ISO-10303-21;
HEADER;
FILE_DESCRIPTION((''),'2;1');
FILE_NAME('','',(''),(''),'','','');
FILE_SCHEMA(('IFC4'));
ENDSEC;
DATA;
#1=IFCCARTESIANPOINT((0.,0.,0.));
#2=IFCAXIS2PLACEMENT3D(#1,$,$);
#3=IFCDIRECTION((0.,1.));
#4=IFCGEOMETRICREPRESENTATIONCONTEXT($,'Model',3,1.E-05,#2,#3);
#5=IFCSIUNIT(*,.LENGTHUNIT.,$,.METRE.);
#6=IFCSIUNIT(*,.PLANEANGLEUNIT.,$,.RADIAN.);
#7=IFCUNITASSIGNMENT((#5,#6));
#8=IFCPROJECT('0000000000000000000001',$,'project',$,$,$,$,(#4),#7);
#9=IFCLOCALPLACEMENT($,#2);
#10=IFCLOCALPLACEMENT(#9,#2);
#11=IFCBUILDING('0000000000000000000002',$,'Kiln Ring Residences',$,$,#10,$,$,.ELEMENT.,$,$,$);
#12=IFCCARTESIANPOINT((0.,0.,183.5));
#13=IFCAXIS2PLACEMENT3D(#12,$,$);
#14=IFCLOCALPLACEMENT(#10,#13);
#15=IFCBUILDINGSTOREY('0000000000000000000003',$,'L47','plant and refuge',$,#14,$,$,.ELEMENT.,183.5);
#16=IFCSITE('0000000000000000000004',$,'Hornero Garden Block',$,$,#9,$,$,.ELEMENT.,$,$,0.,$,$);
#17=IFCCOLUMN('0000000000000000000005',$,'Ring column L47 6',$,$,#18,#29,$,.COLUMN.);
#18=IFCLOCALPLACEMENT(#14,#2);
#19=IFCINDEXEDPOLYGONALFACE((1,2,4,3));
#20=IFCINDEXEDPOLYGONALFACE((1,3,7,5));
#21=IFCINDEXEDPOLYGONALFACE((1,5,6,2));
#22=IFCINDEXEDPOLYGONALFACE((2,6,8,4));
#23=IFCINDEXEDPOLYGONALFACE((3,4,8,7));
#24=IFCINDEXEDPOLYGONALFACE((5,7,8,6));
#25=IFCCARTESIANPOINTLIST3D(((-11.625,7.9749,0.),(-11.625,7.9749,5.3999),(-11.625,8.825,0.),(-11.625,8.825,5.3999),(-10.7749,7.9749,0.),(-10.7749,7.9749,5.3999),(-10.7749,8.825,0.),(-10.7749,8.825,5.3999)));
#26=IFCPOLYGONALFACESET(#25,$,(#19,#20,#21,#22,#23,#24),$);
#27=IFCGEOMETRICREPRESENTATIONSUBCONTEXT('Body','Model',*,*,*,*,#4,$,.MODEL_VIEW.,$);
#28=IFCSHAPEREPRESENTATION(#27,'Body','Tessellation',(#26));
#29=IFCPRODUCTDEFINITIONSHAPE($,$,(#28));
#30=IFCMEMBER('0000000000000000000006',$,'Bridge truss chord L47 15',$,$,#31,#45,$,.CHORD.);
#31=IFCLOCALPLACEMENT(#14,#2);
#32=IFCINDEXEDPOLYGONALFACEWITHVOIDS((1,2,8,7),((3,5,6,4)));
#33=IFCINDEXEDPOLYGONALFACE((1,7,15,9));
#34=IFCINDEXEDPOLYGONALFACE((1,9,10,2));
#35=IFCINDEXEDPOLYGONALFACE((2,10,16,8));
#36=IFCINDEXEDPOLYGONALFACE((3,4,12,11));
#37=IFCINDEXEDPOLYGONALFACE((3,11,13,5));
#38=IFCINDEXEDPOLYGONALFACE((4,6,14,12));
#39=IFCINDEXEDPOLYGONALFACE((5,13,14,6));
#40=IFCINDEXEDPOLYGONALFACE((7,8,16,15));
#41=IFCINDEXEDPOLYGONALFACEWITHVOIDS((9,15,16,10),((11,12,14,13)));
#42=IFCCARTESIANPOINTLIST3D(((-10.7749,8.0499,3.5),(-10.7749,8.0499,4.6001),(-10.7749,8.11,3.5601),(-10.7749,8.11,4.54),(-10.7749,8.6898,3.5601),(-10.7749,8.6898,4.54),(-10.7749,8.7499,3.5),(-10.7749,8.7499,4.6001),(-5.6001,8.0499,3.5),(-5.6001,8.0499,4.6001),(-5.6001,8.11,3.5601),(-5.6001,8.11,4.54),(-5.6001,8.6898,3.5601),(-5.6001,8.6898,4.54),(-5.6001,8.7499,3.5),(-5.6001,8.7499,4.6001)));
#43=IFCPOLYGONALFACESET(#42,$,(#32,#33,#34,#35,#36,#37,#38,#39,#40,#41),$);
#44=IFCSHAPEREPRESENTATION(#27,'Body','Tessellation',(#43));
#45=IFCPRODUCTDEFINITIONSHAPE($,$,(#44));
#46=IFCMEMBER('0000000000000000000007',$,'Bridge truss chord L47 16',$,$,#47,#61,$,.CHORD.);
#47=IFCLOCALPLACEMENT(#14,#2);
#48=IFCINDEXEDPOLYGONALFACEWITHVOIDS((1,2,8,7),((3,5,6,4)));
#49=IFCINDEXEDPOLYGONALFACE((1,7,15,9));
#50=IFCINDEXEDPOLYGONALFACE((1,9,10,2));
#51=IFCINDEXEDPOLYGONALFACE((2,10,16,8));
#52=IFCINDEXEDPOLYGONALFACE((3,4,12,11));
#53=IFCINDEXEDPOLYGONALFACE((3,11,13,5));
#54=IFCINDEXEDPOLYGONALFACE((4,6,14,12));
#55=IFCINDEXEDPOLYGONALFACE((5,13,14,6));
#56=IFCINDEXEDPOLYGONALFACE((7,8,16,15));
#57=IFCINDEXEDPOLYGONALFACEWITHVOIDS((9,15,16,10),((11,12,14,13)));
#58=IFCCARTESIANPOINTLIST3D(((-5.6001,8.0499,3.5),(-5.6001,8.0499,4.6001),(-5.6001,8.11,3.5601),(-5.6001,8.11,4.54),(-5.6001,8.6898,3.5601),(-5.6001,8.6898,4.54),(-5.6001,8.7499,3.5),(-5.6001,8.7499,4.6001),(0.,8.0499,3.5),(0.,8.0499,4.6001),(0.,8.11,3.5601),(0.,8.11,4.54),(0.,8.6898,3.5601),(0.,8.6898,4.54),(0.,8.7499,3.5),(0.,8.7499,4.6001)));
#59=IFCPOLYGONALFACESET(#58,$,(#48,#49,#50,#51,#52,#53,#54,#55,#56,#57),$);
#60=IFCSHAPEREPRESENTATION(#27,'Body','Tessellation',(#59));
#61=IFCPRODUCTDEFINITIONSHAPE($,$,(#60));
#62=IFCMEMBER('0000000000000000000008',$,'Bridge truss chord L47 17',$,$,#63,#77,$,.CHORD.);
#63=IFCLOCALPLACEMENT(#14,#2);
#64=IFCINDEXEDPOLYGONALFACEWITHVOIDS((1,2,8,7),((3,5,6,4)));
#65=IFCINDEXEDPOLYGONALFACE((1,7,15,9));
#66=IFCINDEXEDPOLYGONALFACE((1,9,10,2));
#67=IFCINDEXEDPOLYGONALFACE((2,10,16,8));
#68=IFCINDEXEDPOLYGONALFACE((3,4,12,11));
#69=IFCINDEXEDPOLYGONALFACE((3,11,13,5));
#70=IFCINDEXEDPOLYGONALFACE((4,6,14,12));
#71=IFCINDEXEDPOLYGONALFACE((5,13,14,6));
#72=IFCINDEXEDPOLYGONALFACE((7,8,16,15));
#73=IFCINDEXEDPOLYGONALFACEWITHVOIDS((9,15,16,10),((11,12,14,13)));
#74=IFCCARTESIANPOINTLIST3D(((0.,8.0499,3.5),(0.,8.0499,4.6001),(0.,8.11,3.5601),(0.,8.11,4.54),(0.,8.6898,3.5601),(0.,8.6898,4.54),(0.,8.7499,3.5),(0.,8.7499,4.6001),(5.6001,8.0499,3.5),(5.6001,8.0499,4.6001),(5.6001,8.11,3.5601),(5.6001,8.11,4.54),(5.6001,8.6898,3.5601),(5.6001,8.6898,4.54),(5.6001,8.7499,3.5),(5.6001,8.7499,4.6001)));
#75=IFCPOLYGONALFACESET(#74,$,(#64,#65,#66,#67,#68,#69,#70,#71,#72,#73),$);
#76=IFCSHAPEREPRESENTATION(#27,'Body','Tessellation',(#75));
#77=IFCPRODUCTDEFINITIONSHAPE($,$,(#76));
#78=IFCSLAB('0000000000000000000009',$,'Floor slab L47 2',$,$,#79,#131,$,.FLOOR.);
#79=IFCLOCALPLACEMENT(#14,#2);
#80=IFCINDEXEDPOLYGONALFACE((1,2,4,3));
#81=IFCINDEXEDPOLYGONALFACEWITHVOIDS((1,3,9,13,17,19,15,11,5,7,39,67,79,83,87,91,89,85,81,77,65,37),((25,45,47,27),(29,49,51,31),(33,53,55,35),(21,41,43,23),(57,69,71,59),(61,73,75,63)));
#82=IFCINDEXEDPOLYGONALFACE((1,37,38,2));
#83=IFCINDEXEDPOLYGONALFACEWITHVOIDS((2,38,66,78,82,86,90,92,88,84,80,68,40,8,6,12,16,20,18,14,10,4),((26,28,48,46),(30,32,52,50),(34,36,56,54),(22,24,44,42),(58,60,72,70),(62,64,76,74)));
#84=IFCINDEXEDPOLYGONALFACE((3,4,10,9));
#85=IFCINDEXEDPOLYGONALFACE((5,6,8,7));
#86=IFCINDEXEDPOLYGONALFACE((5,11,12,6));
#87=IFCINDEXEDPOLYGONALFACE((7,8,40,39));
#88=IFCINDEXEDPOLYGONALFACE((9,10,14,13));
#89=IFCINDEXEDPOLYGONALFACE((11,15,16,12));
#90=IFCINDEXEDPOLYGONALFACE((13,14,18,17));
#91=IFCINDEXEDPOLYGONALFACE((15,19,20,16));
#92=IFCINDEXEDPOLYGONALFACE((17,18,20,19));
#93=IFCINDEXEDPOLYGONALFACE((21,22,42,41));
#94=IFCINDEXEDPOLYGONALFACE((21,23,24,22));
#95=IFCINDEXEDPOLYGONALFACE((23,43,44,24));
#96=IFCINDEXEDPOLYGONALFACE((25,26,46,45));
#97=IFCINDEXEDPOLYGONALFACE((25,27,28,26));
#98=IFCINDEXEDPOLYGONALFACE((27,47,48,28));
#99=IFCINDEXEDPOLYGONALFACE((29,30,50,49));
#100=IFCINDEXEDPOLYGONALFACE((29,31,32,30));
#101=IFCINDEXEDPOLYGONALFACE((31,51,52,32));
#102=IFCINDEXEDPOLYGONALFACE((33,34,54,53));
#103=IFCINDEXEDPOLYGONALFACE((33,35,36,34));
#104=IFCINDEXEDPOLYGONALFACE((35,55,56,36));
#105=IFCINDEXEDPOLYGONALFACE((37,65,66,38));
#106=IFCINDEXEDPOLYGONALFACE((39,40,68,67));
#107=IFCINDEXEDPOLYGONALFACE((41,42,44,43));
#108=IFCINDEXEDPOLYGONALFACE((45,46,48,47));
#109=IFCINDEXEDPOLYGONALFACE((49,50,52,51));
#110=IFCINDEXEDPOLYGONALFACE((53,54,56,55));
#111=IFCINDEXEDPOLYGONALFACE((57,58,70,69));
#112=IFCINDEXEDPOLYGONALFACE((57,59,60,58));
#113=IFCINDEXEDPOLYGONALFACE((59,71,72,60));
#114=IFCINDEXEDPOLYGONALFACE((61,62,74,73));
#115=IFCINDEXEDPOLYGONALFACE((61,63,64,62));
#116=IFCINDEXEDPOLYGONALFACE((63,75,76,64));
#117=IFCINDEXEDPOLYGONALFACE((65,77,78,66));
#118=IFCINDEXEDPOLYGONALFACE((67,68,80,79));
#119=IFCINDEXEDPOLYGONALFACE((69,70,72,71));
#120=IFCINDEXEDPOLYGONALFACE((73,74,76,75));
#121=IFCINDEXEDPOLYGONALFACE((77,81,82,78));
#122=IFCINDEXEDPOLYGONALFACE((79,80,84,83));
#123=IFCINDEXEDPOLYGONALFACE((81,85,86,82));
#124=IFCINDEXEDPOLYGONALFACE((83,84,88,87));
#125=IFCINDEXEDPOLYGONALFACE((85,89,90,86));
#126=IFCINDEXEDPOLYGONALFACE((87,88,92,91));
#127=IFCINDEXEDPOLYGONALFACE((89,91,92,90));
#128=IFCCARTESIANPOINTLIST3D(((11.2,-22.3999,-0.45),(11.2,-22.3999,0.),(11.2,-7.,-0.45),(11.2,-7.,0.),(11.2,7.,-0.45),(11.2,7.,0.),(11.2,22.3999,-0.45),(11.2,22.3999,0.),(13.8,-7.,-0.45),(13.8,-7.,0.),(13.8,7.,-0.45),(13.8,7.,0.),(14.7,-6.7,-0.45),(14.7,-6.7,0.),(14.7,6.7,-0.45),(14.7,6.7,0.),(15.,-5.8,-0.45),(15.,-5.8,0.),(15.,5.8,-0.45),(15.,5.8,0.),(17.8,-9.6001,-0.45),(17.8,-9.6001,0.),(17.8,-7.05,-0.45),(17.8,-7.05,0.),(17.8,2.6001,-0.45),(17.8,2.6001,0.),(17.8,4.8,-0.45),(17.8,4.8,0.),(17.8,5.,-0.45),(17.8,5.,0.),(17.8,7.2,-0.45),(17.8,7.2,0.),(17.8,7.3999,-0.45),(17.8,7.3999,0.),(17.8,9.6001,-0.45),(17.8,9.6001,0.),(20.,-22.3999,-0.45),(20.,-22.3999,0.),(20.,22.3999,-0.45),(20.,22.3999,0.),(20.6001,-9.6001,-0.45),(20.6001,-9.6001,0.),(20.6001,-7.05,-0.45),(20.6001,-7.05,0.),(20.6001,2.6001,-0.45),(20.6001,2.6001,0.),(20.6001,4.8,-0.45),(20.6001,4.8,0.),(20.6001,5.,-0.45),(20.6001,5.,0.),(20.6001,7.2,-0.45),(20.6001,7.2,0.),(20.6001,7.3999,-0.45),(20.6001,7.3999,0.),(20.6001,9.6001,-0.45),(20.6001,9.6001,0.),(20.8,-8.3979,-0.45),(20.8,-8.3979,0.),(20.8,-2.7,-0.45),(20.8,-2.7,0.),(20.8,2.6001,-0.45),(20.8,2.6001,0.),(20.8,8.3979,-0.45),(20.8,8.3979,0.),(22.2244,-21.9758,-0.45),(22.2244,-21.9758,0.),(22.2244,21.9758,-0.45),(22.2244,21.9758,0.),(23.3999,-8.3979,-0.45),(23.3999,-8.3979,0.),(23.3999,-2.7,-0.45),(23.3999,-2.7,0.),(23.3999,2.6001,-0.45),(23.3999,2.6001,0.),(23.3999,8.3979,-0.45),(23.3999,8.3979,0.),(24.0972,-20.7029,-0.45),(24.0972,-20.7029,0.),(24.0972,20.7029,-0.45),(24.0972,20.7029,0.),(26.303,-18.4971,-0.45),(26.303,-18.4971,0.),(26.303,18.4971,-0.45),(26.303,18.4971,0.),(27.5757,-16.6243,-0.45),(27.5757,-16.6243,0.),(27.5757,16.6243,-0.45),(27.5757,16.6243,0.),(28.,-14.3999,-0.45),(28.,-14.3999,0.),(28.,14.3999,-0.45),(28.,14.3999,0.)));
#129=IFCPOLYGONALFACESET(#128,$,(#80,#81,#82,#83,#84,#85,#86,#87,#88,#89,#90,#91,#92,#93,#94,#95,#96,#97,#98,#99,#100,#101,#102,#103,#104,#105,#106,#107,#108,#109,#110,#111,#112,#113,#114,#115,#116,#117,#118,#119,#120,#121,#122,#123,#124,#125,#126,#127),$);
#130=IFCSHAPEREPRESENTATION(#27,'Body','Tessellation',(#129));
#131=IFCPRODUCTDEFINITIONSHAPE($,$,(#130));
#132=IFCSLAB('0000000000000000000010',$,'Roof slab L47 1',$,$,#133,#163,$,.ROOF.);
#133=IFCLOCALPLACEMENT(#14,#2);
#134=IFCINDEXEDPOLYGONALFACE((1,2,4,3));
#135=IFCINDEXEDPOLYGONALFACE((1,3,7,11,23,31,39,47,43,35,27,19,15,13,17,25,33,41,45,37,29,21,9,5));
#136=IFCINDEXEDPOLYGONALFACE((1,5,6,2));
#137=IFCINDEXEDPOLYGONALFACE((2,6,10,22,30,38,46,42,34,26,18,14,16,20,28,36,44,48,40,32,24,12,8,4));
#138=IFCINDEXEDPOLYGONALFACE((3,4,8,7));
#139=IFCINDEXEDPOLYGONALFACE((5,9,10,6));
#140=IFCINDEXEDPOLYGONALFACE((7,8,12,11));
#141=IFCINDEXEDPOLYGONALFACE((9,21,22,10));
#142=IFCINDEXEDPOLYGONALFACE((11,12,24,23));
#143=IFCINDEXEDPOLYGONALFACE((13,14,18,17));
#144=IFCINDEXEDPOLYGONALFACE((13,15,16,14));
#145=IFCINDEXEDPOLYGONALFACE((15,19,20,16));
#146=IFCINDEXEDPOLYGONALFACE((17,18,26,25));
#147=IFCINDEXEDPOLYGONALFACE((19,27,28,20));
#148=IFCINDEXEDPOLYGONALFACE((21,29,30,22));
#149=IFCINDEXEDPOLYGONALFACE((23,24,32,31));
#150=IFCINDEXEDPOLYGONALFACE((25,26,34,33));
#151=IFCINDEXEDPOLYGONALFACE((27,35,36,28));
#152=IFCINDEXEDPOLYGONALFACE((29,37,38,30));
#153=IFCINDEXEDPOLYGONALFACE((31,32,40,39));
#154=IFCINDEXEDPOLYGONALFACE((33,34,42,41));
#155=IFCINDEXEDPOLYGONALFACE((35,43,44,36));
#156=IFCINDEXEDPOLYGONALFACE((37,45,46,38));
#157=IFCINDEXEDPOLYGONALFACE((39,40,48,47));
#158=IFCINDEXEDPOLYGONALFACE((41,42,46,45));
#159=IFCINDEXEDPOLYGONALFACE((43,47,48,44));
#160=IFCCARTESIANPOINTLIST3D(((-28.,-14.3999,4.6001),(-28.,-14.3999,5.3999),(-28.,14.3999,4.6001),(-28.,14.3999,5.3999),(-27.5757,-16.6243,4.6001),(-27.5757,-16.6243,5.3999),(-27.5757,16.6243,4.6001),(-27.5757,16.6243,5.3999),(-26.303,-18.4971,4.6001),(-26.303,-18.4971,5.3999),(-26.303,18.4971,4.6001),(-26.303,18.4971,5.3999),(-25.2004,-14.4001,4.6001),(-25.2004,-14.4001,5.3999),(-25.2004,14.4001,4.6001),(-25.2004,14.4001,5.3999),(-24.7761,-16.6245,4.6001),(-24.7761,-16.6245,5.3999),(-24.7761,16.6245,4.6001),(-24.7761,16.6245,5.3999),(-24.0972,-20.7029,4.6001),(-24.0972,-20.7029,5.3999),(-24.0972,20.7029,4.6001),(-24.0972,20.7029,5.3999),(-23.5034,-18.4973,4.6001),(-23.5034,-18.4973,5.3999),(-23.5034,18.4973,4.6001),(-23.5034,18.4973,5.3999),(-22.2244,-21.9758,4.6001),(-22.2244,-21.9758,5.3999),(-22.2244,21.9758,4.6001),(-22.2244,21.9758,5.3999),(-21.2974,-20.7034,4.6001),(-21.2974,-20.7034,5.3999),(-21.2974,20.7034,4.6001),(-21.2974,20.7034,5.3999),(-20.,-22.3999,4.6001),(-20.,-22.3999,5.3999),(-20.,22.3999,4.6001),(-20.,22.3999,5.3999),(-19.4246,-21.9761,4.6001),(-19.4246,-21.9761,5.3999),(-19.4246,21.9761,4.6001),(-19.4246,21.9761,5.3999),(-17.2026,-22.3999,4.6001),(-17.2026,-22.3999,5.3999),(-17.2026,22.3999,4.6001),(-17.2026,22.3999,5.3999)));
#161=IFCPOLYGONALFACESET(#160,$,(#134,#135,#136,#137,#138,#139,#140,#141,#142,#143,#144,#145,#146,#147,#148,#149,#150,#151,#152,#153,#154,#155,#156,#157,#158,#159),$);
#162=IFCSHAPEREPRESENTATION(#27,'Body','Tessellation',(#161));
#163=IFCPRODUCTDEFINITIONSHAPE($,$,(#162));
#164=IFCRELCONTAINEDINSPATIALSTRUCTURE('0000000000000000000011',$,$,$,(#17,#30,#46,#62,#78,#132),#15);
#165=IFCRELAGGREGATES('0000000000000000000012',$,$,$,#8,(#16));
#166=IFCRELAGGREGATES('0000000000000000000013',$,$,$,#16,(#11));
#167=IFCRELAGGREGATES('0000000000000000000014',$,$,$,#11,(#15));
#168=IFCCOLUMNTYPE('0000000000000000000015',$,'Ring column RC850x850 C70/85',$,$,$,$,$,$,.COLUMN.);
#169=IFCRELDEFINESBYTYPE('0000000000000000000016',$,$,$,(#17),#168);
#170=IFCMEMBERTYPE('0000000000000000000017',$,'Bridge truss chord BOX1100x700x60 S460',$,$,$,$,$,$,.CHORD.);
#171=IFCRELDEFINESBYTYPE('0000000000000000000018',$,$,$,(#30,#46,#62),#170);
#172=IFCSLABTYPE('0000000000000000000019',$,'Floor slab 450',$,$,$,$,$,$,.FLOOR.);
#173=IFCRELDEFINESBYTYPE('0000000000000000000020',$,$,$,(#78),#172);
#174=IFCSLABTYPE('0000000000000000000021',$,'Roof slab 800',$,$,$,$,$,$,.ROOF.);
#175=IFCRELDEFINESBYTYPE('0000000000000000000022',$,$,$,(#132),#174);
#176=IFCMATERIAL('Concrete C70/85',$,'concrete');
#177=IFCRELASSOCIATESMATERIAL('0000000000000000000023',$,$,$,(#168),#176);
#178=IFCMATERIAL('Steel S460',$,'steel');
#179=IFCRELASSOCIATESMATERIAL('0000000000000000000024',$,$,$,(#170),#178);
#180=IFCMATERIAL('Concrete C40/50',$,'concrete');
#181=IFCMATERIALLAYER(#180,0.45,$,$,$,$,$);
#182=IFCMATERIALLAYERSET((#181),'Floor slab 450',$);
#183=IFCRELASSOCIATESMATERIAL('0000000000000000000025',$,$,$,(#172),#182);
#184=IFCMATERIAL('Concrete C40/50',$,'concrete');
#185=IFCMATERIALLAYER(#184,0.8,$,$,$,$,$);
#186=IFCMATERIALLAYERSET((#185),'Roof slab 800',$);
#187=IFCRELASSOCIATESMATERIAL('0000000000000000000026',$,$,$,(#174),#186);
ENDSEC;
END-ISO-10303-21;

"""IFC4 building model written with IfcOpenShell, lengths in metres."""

from ifc_helpers import new_model, si_unit, direction, frame, origin, origin_2d, place, context, subcontext, project, spatial, polyline, rectangle, hollow_rectangle, outline, extrude, material, layer, layer_set, material_profile, profile_set, type_object, element, save


model = new_model("IFC4")

# Units and contexts
model_context = context("Model", 3, precision=1e-05, world=origin(), true_north=direction((0.0, 1.0)))
body_context = subcontext(model_context, "Body", "Model", "MODEL_VIEW")
ifc_project = project(units=[si_unit("LENGTHUNIT", "METRE"), si_unit("PLANEANGLEUNIT", "RADIAN")], contexts=[model_context])

# Site, building, storey
site_placement = place(None, origin())
site = spatial("IfcSite", under=ifc_project, at=site_placement, Name="Hornero Garden Block", CompositionType="ELEMENT", RefElevation=0.0)
building_placement = place(site_placement, origin())
building = spatial("IfcBuilding", under=site, at=building_placement, Name="Kiln Ring Residences", CompositionType="ELEMENT")
storey_placement = place(building_placement, frame((0.0, 0.0, 183.5)))
storey = spatial("IfcBuildingStorey", under=building, at=storey_placement, Name="L47", Description="plant and refuge", CompositionType="ELEMENT", Elevation=183.5)

# Column
ifc_material_1 = material(Name="Concrete C70/85", Category="concrete")
ifc_material_profile_1 = material_profile(ifc_material_1, rectangle(XDim=0.8501, YDim=0.8501, at=origin_2d()), Name="RC850x850")
ifc_profile_set_1 = profile_set([ifc_material_profile_1], Name="Concrete C70/85")
column_type = type_object("IfcColumnType", Name="Ring column RC850x850 C70/85", PredefinedType="COLUMN", material=ifc_profile_set_1)
column_placement = place(storey_placement, frame((-11.2, 8.3999, 0.0), z_axis=(0.0, 0.0, 1.0), x_axis=(1.0, 0.0, 0.0)))
element("IfcColumn", 1, at=column_placement, inside=storey, type_object=column_type, Name="Ring column L47 6", PredefinedType="COLUMN", context=body_context, shape_type="SweptSolid", body=[
    extrude(rectangle(XDim=0.8501, YDim=0.8501, at=origin_2d()), origin(), (0.0, 0.0, 1.0), 5.3999),
])

# Members
ifc_material_2 = material(Name="Steel S460", Category="steel")
ifc_material_profile_2 = material_profile(ifc_material_2, hollow_rectangle(XDim=0.7, YDim=1.1001, WallThickness=0.0601, at=origin_2d()), Name="BOX1100x700x60")
ifc_profile_set_2 = profile_set([ifc_material_profile_2], Name="Steel S460")
member_type = type_object("IfcMemberType", Name="Bridge truss chord BOX1100x700x60 S460", PredefinedType="CHORD", material=ifc_profile_set_2)
member_placement = place(storey_placement, frame((-10.7749, 8.3999, 4.05), z_axis=(1.0, 0.0, 0.0), x_axis=(0.0, 1.0, 0.0)))
element("IfcMember", 2, at=member_placement, inside=storey, type_object=member_type, Name="Bridge truss chord L47 15", PredefinedType="CHORD", context=body_context, shape_type="SweptSolid", body=[
    extrude(hollow_rectangle(XDim=0.7, YDim=1.1001, WallThickness=0.0601, at=origin_2d()), origin(), (0.0, 0.0, 1.0), 5.1748),
])
for number, where, z_axis, x_axis, name in (
    (3, (-5.6001, 8.3999, 4.05), (1.0, 0.0, 0.0), (0.0, 1.0, 0.0), "Bridge truss chord L47 16"),
    (4, (0.0, 8.3999, 4.05), (1.0, 0.0, 0.0), (0.0, 1.0, 0.0), "Bridge truss chord L47 17"),
):
    element("IfcMember", number, at=place(storey_placement, frame(where, z_axis=z_axis, x_axis=x_axis)), inside=storey, type_object=member_type, Name=name, PredefinedType="CHORD", context=body_context, shape_type="SweptSolid", body=[
        extrude(hollow_rectangle(XDim=0.7, YDim=1.1001, WallThickness=0.0601, at=origin_2d()), origin(), (0.0, 0.0, 1.0), 5.6001),
    ])

# Slabs
ifc_material_3 = material(Name="Concrete C40/50", Category="concrete")
ifc_layer_1 = layer(ifc_material_3, 0.45)
ifc_layer_set_1 = layer_set([ifc_layer_1], Name="Floor slab 450")
slab_type_1 = type_object("IfcSlabType", Name="Floor slab 450", PredefinedType="FLOOR", material=ifc_layer_set_1)
slab_1_placement = place(storey_placement, frame((0.0, 0.0, -0.45)))
element("IfcSlab", 5, at=slab_1_placement, inside=storey, type_object=slab_type_1, Name="Floor slab L47 2", PredefinedType="FLOOR", context=body_context, shape_type="SweptSolid", body=[
    extrude(outline(polyline([(13.8, -7.0), (11.2, -7.0), (11.2, -22.3999), (20.0, -22.3999), (22.2244, -21.9758), (24.0972, -20.7029), (26.303, -18.4971), (27.5757, -16.6243), (28.0, -14.3999), (28.0, 14.3999), (27.5757, 16.6243), (26.303, 18.4971), (24.0972, 20.7029), (22.2244, 21.9758), (20.0, 22.3999), (11.2, 22.3999), (11.2, 7.0), (13.8, 7.0), (14.7, 6.7), (15.0, 5.8), (15.0, -5.8), (14.7, -6.7), (13.8, -7.0)]), holes=[polyline([(20.8, -8.3979), (20.8, -2.7), (23.3999, -2.7), (23.3999, -8.3979), (20.8, -8.3979)]), polyline([(23.3999, 2.6001), (20.8, 2.6001), (20.8, 8.3979), (23.3999, 8.3979), (23.3999, 2.6001)]), polyline([(17.8, 2.6001), (17.8, 4.8), (20.6001, 4.8), (20.6001, 2.6001), (17.8, 2.6001)]), polyline([(17.8, 5.0), (17.8, 7.2), (20.6001, 7.2), (20.6001, 5.0), (17.8, 5.0)]), polyline([(17.8, 7.3999), (17.8, 9.6001), (20.6001, 9.6001), (20.6001, 7.3999), (17.8, 7.3999)]), polyline([(20.6001, -9.6001), (17.8, -9.6001), (17.8, -7.05), (20.6001, -7.05), (20.6001, -9.6001)])]), origin(), (0.0, 0.0, 1.0), 0.45),
])
ifc_material_4 = material(Name="Concrete C40/50", Category="concrete")
ifc_layer_2 = layer(ifc_material_4, 0.8)
ifc_layer_set_2 = layer_set([ifc_layer_2], Name="Roof slab 800")
slab_type_2 = type_object("IfcSlabType", Name="Roof slab 800", PredefinedType="ROOF", material=ifc_layer_set_2)
placement = place(storey_placement, frame((0.0, 0.0, 4.6001)))
element("IfcSlab", 6, at=placement, inside=storey, type_object=slab_type_2, Name="Roof slab L47 1", PredefinedType="ROOF", context=body_context, shape_type="SweptSolid", body=[
    extrude(outline(polyline([(-17.2026, -22.3999), (-19.4246, -21.9761), (-21.2974, -20.7034), (-23.5034, -18.4973), (-24.7761, -16.6245), (-25.2004, -14.4001), (-25.2004, 14.4001), (-24.7761, 16.6245), (-23.5034, 18.4973), (-21.2974, 20.7034), (-19.4246, 21.9761), (-17.2026, 22.3999), (-20.0, 22.3999), (-22.2244, 21.9758), (-24.0972, 20.7029), (-26.303, 18.4971), (-27.5757, 16.6243), (-28.0, 14.3999), (-28.0, -14.3999), (-27.5757, -16.6243), (-26.303, -18.4971), (-24.0972, -20.7029), (-22.2244, -21.9758), (-20.0, -22.3999), (-17.2026, -22.3999)])), origin(), (0.0, 0.0, 1.0), 0.7998),
])

save(model, "model.ifc")
